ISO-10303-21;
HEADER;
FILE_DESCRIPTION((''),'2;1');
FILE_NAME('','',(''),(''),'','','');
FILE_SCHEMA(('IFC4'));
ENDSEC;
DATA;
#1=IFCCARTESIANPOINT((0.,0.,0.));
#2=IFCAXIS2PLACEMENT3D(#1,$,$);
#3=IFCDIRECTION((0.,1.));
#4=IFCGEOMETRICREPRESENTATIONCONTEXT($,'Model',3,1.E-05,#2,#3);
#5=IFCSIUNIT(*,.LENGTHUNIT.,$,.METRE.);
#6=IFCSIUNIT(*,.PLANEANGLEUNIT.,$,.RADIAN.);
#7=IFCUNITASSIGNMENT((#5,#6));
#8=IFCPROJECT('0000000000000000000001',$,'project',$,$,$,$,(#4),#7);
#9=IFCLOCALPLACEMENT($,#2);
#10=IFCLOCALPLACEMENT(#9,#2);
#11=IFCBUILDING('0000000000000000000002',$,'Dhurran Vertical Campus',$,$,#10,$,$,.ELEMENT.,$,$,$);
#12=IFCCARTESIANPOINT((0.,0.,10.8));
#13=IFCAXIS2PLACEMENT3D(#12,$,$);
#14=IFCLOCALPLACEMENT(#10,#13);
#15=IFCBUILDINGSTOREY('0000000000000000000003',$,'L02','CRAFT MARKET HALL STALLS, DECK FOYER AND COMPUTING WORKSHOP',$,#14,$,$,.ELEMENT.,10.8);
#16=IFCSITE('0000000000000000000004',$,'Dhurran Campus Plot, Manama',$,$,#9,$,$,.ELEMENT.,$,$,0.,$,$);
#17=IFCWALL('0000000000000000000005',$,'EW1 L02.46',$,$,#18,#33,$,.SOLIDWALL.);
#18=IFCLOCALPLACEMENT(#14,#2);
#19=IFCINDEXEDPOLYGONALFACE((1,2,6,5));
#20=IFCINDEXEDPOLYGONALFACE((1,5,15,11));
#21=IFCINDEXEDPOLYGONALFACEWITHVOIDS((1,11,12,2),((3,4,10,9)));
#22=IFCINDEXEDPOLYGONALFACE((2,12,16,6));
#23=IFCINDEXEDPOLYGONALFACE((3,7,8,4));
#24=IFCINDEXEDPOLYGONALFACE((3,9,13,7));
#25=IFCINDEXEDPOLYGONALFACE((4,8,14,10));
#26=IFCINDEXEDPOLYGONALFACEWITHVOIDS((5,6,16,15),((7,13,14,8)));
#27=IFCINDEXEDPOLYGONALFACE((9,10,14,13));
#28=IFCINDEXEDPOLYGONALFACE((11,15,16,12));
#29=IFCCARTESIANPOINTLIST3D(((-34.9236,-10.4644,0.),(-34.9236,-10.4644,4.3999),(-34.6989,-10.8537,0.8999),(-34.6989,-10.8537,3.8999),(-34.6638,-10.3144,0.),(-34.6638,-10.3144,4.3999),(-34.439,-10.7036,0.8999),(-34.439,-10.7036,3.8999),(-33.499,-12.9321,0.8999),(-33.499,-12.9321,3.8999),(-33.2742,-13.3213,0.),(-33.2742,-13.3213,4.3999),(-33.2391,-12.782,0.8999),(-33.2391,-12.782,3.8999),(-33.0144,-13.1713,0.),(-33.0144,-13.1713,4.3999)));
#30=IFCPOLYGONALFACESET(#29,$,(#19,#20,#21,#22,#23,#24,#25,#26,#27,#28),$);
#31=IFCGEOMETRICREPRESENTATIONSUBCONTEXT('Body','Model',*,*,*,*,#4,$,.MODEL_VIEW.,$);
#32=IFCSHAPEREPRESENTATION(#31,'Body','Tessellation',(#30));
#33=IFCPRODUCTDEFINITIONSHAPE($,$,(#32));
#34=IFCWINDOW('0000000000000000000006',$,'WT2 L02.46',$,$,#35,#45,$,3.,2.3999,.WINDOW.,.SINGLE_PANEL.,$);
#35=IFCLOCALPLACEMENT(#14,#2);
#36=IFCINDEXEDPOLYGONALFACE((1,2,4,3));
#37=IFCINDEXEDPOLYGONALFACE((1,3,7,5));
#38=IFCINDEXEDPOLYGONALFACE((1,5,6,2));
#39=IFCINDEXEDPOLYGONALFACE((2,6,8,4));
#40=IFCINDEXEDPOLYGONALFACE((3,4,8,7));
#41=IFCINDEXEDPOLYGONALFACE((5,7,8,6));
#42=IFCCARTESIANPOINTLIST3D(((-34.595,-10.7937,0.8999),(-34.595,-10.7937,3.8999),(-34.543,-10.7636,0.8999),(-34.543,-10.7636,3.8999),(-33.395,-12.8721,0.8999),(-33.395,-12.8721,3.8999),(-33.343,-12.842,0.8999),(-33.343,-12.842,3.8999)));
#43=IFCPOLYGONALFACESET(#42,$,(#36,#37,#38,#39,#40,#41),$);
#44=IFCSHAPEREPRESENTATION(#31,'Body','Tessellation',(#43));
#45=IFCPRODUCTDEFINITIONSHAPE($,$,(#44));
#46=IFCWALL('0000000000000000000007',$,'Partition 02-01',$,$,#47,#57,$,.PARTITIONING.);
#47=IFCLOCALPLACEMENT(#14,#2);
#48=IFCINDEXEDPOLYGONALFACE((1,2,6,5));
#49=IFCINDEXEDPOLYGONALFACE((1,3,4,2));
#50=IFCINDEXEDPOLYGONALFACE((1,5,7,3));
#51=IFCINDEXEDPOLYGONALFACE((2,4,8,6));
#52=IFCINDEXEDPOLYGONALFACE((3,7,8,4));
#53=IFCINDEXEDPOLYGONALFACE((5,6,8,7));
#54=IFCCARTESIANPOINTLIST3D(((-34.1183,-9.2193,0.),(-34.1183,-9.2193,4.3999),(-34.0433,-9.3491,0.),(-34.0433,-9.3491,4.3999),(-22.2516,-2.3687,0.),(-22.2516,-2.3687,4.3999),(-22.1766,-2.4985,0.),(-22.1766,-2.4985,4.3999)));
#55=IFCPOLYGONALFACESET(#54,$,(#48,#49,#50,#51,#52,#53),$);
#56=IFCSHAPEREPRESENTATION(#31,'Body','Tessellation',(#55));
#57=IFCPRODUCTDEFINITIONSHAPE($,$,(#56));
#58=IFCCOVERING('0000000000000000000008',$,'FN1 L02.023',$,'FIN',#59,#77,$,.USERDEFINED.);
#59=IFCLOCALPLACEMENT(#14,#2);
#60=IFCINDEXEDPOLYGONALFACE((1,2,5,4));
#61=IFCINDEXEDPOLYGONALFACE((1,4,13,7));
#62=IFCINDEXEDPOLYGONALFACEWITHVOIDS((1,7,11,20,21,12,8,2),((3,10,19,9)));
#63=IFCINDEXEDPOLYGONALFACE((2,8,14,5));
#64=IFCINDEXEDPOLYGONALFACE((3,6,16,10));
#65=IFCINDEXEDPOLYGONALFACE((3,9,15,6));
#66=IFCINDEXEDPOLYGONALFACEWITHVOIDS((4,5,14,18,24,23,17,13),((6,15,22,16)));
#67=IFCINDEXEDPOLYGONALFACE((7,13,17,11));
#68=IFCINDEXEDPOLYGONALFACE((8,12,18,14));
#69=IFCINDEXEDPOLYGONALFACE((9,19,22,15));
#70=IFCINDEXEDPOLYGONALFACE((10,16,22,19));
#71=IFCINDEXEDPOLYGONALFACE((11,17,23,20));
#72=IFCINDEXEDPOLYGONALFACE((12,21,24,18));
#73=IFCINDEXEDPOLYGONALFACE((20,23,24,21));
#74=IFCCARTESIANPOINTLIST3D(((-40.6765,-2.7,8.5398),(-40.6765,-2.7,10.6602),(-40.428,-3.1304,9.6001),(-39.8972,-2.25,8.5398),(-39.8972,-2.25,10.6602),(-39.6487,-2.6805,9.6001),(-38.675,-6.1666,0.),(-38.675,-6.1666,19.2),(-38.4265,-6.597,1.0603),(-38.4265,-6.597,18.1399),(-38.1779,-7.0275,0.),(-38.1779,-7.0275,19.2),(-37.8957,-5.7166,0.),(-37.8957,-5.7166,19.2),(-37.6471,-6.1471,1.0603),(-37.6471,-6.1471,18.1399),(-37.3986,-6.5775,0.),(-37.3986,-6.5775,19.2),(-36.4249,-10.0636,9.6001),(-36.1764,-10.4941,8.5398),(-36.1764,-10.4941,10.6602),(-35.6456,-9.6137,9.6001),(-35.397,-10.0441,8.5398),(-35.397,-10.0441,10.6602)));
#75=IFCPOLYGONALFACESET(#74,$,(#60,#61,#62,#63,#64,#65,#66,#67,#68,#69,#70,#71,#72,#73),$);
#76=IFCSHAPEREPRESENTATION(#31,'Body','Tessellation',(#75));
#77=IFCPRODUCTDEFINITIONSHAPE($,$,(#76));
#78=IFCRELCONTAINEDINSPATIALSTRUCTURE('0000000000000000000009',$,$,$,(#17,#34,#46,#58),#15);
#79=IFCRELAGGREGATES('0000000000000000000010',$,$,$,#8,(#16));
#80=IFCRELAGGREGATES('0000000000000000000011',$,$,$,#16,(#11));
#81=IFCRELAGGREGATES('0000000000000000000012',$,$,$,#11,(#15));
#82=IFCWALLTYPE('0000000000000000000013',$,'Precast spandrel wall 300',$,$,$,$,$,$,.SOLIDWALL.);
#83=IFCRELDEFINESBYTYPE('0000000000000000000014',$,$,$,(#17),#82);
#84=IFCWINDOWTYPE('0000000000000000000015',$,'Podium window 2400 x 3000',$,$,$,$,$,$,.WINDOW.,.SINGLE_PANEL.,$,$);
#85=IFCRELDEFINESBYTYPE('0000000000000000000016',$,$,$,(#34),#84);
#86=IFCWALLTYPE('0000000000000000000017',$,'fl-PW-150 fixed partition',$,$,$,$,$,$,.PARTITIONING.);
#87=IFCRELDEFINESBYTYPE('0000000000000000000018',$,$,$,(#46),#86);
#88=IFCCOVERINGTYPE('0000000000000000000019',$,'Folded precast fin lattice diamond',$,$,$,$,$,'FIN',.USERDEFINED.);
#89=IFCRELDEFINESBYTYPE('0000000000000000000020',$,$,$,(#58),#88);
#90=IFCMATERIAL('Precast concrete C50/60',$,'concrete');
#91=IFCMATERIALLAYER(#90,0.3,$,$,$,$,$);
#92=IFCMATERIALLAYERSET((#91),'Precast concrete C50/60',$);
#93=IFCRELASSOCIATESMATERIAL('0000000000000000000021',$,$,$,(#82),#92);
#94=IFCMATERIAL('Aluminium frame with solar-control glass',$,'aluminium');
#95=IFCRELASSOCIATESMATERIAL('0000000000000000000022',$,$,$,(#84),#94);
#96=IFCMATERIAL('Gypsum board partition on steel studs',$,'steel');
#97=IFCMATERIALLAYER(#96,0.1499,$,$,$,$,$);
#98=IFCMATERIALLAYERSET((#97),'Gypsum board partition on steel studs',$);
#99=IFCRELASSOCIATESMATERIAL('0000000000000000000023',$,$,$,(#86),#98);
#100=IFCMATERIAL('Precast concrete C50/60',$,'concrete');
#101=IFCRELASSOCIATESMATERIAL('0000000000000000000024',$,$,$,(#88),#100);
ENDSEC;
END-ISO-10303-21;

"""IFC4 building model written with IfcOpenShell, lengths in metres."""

from ifc_helpers import new_model, si_unit, direction, frame, frame_2d, origin, place, context, subcontext, project, spatial, polyline, rectangle, outline, extrude, material, layer, layer_set, type_object, element, fill, save


model = new_model("IFC4")

# Units and contexts
model_context = context("Model", 3, precision=1e-05, world=origin(), true_north=direction((0.0, 1.0)))
body_context = subcontext(model_context, "Body", "Model", "MODEL_VIEW")
ifc_project = project(units=[si_unit("LENGTHUNIT", "METRE"), si_unit("PLANEANGLEUNIT", "RADIAN")], contexts=[model_context])

# Site, building, storey
site_placement = place(None, origin())
site = spatial("IfcSite", under=ifc_project, at=site_placement, Name="Dhurran Campus Plot, Manama", CompositionType="ELEMENT", RefElevation=0.0)
building_placement = place(site_placement, origin())
building = spatial("IfcBuilding", under=site, at=building_placement, Name="Dhurran Vertical Campus", CompositionType="ELEMENT")
storey_placement = place(building_placement, frame((0.0, 0.0, 10.8)))
storey = spatial("IfcBuildingStorey", under=building, at=storey_placement, Name="L02", Description="CRAFT MARKET HALL STALLS, DECK FOYER AND COMPUTING WORKSHOP", CompositionType="ELEMENT", Elevation=10.8)

# Wall, opening, window
ifc_material_1 = material(Name="Precast concrete C50/60", Category="concrete")
ifc_layer_1 = layer(ifc_material_1, 0.3)
ifc_layer_set_1 = layer_set([ifc_layer_1], Name="Precast concrete C50/60")
wall_type_1 = type_object("IfcWallType", Name="Precast spandrel wall 300", PredefinedType="SOLIDWALL", material=ifc_layer_set_1)
ifc_material_2 = material(Name="Aluminium frame with solar-control glass", Category="aluminium")
window_type = type_object("IfcWindowType", Name="Podium window 2400 x 3000", PartitioningType="SINGLE_PANEL", PredefinedType="WINDOW", material=ifc_material_2)
wall_1_placement = place(storey_placement, frame((-34.7937, -10.3894, 0.0), z_axis=(0.0, 0.0, 1.0), x_axis=(0.499992, -0.86603, 0.0)))
wall_1 = element("IfcWall", 1, at=wall_1_placement, inside=storey, type_object=wall_type_1, Name="EW1 L02.46", PredefinedType="SOLIDWALL", context=body_context, shape_type="SweptSolid", body=[
    extrude(rectangle(XDim=3.2988, YDim=0.3, at=frame_2d((1.6494, 0.0))), origin(), (0.0, 0.0, 1.0), 4.3999),
])
opening_1_placement = place(wall_1_placement, frame((0.4495, 0.0, 0.8999)))
opening_1 = element("IfcOpeningElement", 2, at=opening_1_placement, cuts=wall_1, PredefinedType="OPENING", context=body_context, shape_type="SweptSolid", body=[
    extrude(rectangle(XDim=2.3999, YDim=3.0, at=frame_2d((1.2, 1.5))), frame((0.0, 0.1599, 0.0), z_axis=(0.0, -1.0, 0.0), x_axis=(1.0, 0.0, 0.0)), (0.0, 0.0, 1.0), 0.3201),
])
window_1_placement = place(opening_1_placement, origin())
window_1 = element("IfcWindow", 3, at=window_1_placement, inside=storey, type_object=window_type, Name="WT2 L02.46", OverallHeight=3.0, OverallWidth=2.3999, PartitioningType="SINGLE_PANEL", PredefinedType="WINDOW", context=body_context, shape_type="SweptSolid", body=[
    extrude(rectangle(XDim=2.3999, YDim=3.0, at=frame_2d((1.2, 1.5))), frame((0.0, 0.03, 0.0), z_axis=(0.0, -1.0, 0.0), x_axis=(1.0, 0.0, 0.0)), (0.0, 0.0, 1.0), 0.0601),
])
fill(opening_1, window_1)

# Wall
ifc_material_3 = material(Name="Gypsum board partition on steel studs", Category="steel")
ifc_layer_2 = layer(ifc_material_3, 0.1499)
ifc_layer_set_2 = layer_set([ifc_layer_2], Name="Gypsum board partition on steel studs")
wall_type_2 = type_object("IfcWallType", Name="fl-PW-150 fixed partition", PredefinedType="PARTITIONING", material=ifc_layer_set_2)
wall_2_placement = place(storey_placement, frame((-22.2141, -2.4336, 0.0), z_axis=(0.0, 0.0, 1.0), x_axis=(-0.866046, -0.499964, 0.0)))
element("IfcWall", 4, at=wall_2_placement, inside=storey, type_object=wall_type_2, Name="Partition 02-01", PredefinedType="PARTITIONING", context=body_context, shape_type="SweptSolid", body=[
    extrude(rectangle(XDim=13.7021, YDim=0.1499, at=frame_2d((6.8511, 0.0))), origin(), (0.0, 0.0, 1.0), 4.3999),
])

# Covering
ifc_material_4 = material(Name="Precast concrete C50/60", Category="concrete")
covering_type = type_object("IfcCoveringType", Name="Folded precast fin lattice diamond", ElementType="FIN", PredefinedType="USERDEFINED", material=ifc_material_4)
covering_placement = place(storey_placement, frame((-39.8972, -2.25, 0.0), z_axis=(-0.866014, -0.50002, 0.0), x_axis=(0.50002, -0.866014, 0.0)))
element("IfcCovering", 5, at=covering_placement, inside=storey, type_object=covering_type, Name="FN1 L02.023", ObjectType="FIN", PredefinedType="USERDEFINED", context=body_context, shape_type="SweptSolid", body=[
    extrude(outline(polyline([(9.0, 10.6602), (9.0, 8.5398), (4.9971, 0.0), (4.0029, 0.0), (0.0, 8.5398), (0.0, 10.6602), (4.0029, 19.2), (4.9971, 19.2), (9.0, 10.6602)]), holes=[polyline([(8.5029, 9.6001), (4.5, 18.1399), (0.4971, 9.6001), (4.5, 1.0603), (8.5029, 9.6001)])]), origin(), (0.0, 0.0, 1.0), 0.8999),
])

save(model, "model.ifc")
